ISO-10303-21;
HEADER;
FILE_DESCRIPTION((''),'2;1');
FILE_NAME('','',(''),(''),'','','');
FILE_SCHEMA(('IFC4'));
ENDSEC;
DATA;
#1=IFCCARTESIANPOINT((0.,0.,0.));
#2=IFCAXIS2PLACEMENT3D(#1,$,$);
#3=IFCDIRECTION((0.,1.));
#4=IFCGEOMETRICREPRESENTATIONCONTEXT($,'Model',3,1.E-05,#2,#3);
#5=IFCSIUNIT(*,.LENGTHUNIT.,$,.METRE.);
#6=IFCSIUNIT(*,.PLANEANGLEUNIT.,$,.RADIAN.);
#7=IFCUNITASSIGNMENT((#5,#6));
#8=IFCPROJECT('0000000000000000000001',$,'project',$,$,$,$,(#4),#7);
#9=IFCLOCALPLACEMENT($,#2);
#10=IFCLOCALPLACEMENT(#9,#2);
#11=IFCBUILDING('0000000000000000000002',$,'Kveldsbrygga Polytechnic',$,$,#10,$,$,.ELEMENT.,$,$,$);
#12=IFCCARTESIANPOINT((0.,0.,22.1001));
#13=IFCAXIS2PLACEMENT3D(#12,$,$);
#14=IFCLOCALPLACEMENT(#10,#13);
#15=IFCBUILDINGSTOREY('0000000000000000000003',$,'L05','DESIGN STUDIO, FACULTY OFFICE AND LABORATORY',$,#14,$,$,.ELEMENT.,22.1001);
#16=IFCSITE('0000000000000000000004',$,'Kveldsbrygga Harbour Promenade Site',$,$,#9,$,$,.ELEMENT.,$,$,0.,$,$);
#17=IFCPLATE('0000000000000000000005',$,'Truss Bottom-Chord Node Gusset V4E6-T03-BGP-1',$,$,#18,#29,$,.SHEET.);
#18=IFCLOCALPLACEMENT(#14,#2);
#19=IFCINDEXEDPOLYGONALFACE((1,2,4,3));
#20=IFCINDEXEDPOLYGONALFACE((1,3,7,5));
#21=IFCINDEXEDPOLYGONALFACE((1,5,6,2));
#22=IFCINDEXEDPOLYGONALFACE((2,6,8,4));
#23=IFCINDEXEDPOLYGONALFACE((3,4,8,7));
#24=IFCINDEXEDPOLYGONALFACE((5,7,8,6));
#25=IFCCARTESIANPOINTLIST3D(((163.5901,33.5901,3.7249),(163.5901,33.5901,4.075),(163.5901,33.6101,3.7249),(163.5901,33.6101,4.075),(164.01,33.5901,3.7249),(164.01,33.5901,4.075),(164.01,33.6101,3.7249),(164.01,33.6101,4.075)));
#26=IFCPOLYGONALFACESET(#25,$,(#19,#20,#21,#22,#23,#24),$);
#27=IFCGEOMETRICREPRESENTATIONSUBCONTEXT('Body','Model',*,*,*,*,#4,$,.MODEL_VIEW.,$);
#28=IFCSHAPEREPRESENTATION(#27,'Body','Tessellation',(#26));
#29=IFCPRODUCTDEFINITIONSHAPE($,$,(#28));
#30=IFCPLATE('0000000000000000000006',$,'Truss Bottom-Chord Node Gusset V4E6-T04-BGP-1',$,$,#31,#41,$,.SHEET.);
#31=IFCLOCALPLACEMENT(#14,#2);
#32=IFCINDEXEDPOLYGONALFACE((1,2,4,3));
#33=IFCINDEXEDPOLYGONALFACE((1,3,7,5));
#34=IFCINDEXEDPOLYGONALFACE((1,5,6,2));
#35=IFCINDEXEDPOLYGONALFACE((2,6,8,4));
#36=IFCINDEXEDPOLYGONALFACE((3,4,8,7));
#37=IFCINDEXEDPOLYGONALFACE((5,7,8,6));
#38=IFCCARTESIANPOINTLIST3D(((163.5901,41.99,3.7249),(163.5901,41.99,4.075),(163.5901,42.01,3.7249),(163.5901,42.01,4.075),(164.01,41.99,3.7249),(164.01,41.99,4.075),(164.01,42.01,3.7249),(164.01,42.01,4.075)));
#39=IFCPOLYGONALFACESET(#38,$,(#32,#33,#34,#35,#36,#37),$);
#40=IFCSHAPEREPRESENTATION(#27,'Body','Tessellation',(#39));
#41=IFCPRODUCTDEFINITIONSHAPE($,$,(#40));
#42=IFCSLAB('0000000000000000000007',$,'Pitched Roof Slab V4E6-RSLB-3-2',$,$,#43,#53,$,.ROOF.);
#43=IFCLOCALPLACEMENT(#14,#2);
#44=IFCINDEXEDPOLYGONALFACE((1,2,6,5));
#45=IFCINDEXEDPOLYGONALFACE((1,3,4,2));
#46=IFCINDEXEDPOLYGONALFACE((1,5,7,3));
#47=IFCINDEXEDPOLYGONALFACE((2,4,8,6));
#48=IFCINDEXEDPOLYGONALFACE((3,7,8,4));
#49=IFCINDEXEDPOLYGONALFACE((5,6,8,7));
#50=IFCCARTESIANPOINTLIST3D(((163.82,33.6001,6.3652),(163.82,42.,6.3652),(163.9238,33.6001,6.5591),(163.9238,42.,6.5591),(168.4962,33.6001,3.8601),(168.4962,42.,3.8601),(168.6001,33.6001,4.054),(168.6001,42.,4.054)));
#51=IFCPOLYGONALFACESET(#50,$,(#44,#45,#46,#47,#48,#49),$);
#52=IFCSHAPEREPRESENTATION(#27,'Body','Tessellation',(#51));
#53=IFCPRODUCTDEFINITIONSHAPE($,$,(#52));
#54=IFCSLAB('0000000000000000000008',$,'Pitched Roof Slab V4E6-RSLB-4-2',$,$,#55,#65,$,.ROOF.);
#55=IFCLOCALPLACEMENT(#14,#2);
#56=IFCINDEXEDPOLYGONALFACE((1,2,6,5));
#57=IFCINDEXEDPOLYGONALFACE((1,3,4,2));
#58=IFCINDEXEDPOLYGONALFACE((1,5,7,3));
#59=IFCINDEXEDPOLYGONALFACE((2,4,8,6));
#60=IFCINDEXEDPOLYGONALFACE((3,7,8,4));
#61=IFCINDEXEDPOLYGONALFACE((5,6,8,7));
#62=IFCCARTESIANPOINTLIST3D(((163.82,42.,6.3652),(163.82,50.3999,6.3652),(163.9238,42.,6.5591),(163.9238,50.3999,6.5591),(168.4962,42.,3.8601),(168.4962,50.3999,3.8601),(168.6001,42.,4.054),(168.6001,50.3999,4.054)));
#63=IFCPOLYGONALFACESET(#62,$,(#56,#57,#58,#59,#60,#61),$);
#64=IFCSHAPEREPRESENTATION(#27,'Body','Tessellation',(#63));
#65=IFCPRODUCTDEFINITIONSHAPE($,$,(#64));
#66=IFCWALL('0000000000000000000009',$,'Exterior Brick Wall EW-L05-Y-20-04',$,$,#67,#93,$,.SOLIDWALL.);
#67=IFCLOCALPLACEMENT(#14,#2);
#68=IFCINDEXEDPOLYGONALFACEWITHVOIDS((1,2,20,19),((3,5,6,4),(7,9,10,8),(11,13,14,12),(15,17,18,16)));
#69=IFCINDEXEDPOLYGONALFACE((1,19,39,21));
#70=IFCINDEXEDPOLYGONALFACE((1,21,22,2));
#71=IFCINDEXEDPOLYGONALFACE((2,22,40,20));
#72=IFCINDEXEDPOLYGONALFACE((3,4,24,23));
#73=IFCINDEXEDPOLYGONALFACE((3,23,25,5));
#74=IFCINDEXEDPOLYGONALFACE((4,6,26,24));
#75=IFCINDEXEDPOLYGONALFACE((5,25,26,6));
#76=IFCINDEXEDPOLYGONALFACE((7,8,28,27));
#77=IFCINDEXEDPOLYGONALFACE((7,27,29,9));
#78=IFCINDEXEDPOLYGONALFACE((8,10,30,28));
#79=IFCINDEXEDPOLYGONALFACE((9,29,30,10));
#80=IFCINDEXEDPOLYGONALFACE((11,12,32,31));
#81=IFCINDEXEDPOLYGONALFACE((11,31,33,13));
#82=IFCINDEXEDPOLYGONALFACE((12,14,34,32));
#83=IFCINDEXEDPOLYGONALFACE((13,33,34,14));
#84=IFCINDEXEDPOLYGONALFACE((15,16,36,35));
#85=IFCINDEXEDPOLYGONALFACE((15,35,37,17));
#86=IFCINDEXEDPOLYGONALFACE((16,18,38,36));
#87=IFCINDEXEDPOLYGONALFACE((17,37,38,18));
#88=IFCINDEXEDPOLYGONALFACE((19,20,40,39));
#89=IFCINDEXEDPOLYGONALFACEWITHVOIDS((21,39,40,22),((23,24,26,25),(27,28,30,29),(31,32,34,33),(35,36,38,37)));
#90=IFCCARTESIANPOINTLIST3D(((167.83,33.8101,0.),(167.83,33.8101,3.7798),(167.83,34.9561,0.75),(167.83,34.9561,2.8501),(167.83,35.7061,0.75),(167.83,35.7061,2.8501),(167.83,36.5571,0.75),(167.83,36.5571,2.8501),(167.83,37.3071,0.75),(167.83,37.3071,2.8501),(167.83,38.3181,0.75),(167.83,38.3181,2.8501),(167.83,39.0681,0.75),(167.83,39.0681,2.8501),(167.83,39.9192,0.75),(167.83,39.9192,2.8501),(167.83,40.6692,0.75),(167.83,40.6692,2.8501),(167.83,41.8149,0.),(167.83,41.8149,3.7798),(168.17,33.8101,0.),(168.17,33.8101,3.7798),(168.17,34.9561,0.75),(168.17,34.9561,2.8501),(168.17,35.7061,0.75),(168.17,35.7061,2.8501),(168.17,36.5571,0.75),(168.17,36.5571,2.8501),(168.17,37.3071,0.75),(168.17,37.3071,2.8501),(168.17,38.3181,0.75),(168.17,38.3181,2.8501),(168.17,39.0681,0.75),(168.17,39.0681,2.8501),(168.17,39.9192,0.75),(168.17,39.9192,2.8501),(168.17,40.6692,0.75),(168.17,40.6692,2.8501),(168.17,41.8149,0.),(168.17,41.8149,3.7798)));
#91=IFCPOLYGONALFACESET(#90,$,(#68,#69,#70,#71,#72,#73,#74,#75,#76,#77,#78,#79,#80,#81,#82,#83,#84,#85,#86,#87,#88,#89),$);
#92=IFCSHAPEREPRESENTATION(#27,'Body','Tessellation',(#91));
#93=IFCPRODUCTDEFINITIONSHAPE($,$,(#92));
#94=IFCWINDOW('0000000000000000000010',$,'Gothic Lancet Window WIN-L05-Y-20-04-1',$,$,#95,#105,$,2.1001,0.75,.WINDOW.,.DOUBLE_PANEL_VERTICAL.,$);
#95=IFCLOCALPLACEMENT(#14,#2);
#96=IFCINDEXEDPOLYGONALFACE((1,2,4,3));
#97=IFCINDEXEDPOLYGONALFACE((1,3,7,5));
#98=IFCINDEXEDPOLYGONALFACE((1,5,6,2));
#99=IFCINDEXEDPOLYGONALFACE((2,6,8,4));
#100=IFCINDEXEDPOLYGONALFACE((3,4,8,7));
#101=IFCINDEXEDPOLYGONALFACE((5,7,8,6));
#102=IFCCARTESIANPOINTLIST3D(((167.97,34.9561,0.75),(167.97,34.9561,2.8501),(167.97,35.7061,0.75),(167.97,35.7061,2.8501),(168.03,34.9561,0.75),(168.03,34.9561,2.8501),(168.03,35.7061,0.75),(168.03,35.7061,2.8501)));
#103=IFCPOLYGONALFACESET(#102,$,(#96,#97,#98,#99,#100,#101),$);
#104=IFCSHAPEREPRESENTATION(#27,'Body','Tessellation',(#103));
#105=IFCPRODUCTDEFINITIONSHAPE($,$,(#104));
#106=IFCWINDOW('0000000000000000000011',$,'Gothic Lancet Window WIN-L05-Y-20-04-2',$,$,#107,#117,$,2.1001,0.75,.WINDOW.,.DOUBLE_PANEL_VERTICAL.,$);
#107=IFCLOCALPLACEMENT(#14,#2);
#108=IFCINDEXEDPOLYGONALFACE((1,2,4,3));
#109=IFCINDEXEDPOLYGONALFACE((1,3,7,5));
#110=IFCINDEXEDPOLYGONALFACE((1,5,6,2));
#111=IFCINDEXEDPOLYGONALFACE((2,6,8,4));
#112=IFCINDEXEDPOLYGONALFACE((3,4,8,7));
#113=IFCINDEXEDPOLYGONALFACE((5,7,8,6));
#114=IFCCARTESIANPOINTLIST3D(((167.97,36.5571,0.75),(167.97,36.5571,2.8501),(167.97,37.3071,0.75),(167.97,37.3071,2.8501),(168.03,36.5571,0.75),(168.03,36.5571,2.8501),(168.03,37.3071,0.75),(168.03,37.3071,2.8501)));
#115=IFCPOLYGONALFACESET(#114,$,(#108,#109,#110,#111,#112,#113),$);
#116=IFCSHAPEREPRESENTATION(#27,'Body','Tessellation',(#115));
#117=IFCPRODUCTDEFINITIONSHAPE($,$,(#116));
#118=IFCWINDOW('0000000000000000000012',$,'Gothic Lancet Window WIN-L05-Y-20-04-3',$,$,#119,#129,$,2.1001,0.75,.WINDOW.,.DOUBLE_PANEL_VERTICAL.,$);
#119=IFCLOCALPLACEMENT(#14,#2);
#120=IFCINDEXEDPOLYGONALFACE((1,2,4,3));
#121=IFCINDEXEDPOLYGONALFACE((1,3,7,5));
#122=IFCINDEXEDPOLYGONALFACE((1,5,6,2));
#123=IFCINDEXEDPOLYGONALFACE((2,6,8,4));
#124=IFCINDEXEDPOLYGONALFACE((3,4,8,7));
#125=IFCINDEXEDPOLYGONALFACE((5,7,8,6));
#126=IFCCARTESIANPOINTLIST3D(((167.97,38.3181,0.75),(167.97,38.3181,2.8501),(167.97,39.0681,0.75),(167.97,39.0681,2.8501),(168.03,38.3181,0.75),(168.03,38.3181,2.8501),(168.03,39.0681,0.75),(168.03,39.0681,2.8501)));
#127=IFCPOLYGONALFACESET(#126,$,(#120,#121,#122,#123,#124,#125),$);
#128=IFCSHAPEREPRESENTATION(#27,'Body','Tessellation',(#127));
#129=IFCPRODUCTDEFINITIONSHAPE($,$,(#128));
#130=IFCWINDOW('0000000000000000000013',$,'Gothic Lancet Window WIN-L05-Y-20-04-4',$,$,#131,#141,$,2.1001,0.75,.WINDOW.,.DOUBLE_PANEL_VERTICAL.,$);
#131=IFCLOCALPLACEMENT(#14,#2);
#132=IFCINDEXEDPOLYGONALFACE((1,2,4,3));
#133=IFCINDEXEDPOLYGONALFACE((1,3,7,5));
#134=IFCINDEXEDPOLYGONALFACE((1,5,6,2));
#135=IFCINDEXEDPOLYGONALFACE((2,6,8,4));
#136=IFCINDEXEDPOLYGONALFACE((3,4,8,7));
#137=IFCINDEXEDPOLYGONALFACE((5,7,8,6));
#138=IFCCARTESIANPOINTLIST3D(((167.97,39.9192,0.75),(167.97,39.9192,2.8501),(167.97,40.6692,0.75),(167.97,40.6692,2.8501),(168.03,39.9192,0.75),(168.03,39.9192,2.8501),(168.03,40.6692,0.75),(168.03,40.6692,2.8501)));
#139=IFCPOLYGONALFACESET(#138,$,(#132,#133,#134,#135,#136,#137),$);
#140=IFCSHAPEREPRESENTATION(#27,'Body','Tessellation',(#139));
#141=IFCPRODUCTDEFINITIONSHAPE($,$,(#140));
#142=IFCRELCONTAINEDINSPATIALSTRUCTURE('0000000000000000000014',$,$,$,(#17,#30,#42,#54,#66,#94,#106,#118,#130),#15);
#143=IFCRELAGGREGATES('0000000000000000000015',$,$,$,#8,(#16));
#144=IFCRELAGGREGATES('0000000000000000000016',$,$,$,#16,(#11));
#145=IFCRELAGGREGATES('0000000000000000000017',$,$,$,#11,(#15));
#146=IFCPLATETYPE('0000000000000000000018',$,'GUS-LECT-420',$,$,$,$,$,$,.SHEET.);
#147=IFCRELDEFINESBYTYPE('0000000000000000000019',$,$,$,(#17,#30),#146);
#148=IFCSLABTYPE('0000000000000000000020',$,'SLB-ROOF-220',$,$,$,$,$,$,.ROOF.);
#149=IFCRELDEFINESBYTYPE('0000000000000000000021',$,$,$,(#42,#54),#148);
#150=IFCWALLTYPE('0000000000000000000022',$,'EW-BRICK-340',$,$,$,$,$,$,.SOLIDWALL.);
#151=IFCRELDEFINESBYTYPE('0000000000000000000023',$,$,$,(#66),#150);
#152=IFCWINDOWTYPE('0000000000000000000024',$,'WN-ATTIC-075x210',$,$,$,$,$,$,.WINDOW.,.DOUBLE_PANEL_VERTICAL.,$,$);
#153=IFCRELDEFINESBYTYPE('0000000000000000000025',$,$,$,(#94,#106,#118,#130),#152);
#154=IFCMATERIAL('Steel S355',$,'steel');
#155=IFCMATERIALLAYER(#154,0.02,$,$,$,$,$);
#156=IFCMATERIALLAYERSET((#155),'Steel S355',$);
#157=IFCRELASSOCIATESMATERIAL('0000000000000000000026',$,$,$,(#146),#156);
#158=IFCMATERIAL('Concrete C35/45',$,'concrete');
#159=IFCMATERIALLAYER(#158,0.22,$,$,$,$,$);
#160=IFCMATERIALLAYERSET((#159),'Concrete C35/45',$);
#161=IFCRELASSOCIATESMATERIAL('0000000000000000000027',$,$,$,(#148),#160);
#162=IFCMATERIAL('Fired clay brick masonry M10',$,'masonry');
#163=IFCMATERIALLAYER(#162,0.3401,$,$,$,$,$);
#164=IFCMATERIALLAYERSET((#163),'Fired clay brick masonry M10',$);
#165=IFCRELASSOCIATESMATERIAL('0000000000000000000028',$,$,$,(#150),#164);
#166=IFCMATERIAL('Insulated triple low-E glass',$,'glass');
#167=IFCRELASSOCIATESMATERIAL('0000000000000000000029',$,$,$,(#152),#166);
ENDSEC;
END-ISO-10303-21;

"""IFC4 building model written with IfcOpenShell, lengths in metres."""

from ifc_helpers import new_model, si_unit, direction, frame, frame_2d, origin, origin_2d, place, context, subcontext, project, spatial, polyline, rectangle, outline, extrude, material, layer, layer_set, type_object, element, fill, save


model = new_model("IFC4")

# Units and contexts
model_context = context("Model", 3, precision=1e-05, world=origin(), true_north=direction((0.0, 1.0)))
body_context = subcontext(model_context, "Body", "Model", "MODEL_VIEW")
ifc_project = project(units=[si_unit("LENGTHUNIT", "METRE"), si_unit("PLANEANGLEUNIT", "RADIAN")], contexts=[model_context])

# Site, building, storey
site_placement = place(None, origin())
site = spatial("IfcSite", under=ifc_project, at=site_placement, Name="Kveldsbrygga Harbour Promenade Site", CompositionType="ELEMENT", RefElevation=0.0)
building_placement = place(site_placement, origin())
building = spatial("IfcBuilding", under=site, at=building_placement, Name="Kveldsbrygga Polytechnic", CompositionType="ELEMENT")
storey_placement = place(building_placement, frame((0.0, 0.0, 22.1001)))
storey = spatial("IfcBuildingStorey", under=building, at=storey_placement, Name="L05", Description="DESIGN STUDIO, FACULTY OFFICE AND LABORATORY", CompositionType="ELEMENT", Elevation=22.1001)

# Shared definitions
ifc_material_1 = material(Name="Steel S355", Category="steel")

# Plates
ifc_layer_1 = layer(ifc_material_1, 0.02)
ifc_layer_set_1 = layer_set([ifc_layer_1], Name="Steel S355")
plate_type_1 = type_object("IfcPlateType", Name="GUS-LECT-420", PredefinedType="SHEET", material=ifc_layer_set_1)
for number, where, z_axis, x_axis, name in (
    (1, (163.8, 33.6001, 3.7249), (0.0, 0.0, 1.0), (1.0, 0.0, 0.0), "Truss Bottom-Chord Node Gusset V4E6-T03-BGP-1"),
    (2, (163.8, 42.0, 3.7249), (0.0, 0.0, 1.0), (1.0, 0.0, 0.0), "Truss Bottom-Chord Node Gusset V4E6-T04-BGP-1"),
):
    element("IfcPlate", number, at=place(storey_placement, frame(where, z_axis=z_axis, x_axis=x_axis)), inside=storey, type_object=plate_type_1, Name=name, PredefinedType="SHEET", context=body_context, shape_type="SweptSolid", body=[
        extrude(rectangle(XDim=0.4199, YDim=0.02, at=origin_2d()), origin(), (0.0, 0.0, 1.0), 0.3501),
    ])

# Slabs
ifc_material_2 = material(Name="Concrete C35/45", Category="concrete")
ifc_layer_2 = layer(ifc_material_2, 0.22)
ifc_layer_set_2 = layer_set([ifc_layer_2], Name="Concrete C35/45")
slab_type = type_object("IfcSlabType", Name="SLB-ROOF-220", PredefinedType="ROOF", material=ifc_layer_set_2)
for number, where, z_axis, x_axis, name in (
    (3, (163.9238, 33.6001, 6.5591), (0.472219, 0.0, 0.881481), (0.881481, 0.0, -0.472219), "Pitched Roof Slab V4E6-RSLB-3-2"),
    (4, (163.9238, 42.0, 6.5591), (0.472219, 0.0, 0.881481), (0.881481, 0.0, -0.472219), "Pitched Roof Slab V4E6-RSLB-4-2"),
):
    element("IfcSlab", number, at=place(storey_placement, frame(where, z_axis=z_axis, x_axis=x_axis)), inside=storey, type_object=slab_type, Name=name, PredefinedType="ROOF", context=body_context, shape_type="SweptSolid", body=[
        extrude(outline(polyline([(0.0, 0.0), (5.305, 0.0), (5.305, 8.3999), (0.0, 8.3999), (0.0, 0.0)])), origin(), (0.0, 0.0, -1.0), 0.22),
    ])

# Wall, openings, windows
ifc_material_3 = material(Name="Fired clay brick masonry M10", Category="masonry")
ifc_layer_3 = layer(ifc_material_3, 0.3401)
ifc_layer_set_3 = layer_set([ifc_layer_3], Name="Fired clay brick masonry M10")
wall_type = type_object("IfcWallType", Name="EW-BRICK-340", PredefinedType="SOLIDWALL", material=ifc_layer_set_3)
wall_placement = place(storey_placement, frame((168.0, 33.8101, 0.0), z_axis=(0.0, 0.0, 1.0), x_axis=(0.0, 1.0, 0.0)))
wall = element("IfcWall", 5, at=wall_placement, inside=storey, type_object=wall_type, Name="Exterior Brick Wall EW-L05-Y-20-04", PredefinedType="SOLIDWALL", context=body_context, shape_type="SweptSolid", body=[
    extrude(rectangle(XDim=8.0049, YDim=0.3401, at=frame_2d((4.0024, 0.0))), origin(), (0.0, 0.0, 1.0), 3.7798),
])
opening_1_placement = place(wall_placement, frame((1.146, 0.0, 0.75)))
opening_1 = element("IfcOpeningElement", 6, at=opening_1_placement, cuts=wall, PredefinedType="OPENING", context=body_context, shape_type="SweptSolid", body=[
    extrude(rectangle(XDim=0.75, YDim=2.1001, at=frame_2d((0.375, 1.05))), frame((0.0, 0.1802, 0.0), z_axis=(0.0, -1.0, 0.0), x_axis=(1.0, 0.0, 0.0)), (0.0, 0.0, 1.0), 0.3601),
])
opening_2_placement = place(wall_placement, frame((2.7471, 0.0, 0.75)))
opening_2 = element("IfcOpeningElement", 7, at=opening_2_placement, cuts=wall, PredefinedType="OPENING", context=body_context, shape_type="SweptSolid", body=[
    extrude(rectangle(XDim=0.75, YDim=2.1001, at=frame_2d((0.375, 1.05))), frame((0.0, 0.1802, 0.0), z_axis=(0.0, -1.0, 0.0), x_axis=(1.0, 0.0, 0.0)), (0.0, 0.0, 1.0), 0.3601),
])
opening_3_placement = place(wall_placement, frame((4.5081, 0.0, 0.75)))
opening_3 = element("IfcOpeningElement", 8, at=opening_3_placement, cuts=wall, PredefinedType="OPENING", context=body_context, shape_type="SweptSolid", body=[
    extrude(rectangle(XDim=0.75, YDim=2.1001, at=frame_2d((0.375, 1.05))), frame((0.0, 0.1802, 0.0), z_axis=(0.0, -1.0, 0.0), x_axis=(1.0, 0.0, 0.0)), (0.0, 0.0, 1.0), 0.3601),
])
opening_4_placement = place(wall_placement, frame((6.1091, 0.0, 0.75)))
opening_4 = element("IfcOpeningElement", 9, at=opening_4_placement, cuts=wall, PredefinedType="OPENING", context=body_context, shape_type="SweptSolid", body=[
    extrude(rectangle(XDim=0.75, YDim=2.1001, at=frame_2d((0.375, 1.05))), frame((0.0, 0.1802, 0.0), z_axis=(0.0, -1.0, 0.0), x_axis=(1.0, 0.0, 0.0)), (0.0, 0.0, 1.0), 0.3601),
])
ifc_material_4 = material(Name="Insulated triple low-E glass", Category="glass")
window_type = type_object("IfcWindowType", Name="WN-ATTIC-075x210", PartitioningType="DOUBLE_PANEL_VERTICAL", PredefinedType="WINDOW", material=ifc_material_4)
window_1_placement = place(opening_1_placement, origin())
window_1 = element("IfcWindow", 10, at=window_1_placement, inside=storey, type_object=window_type, Name="Gothic Lancet Window WIN-L05-Y-20-04-1", OverallHeight=2.1001, OverallWidth=0.75, PartitioningType="DOUBLE_PANEL_VERTICAL", PredefinedType="WINDOW", context=body_context, shape_type="SweptSolid", body=[
    extrude(rectangle(XDim=0.75, YDim=2.1001, at=frame_2d((0.375, 1.05))), frame((0.0, 0.03, 0.0), z_axis=(0.0, -1.0, 0.0), x_axis=(1.0, 0.0, 0.0)), (0.0, 0.0, 1.0), 0.0601),
])
fill(opening_1, window_1)
window_2_placement = place(opening_2_placement, origin())
window_2 = element("IfcWindow", 11, at=window_2_placement, inside=storey, type_object=window_type, Name="Gothic Lancet Window WIN-L05-Y-20-04-2", OverallHeight=2.1001, OverallWidth=0.75, PartitioningType="DOUBLE_PANEL_VERTICAL", PredefinedType="WINDOW", context=body_context, shape_type="SweptSolid", body=[
    extrude(rectangle(XDim=0.75, YDim=2.1001, at=frame_2d((0.375, 1.05))), frame((0.0, 0.03, 0.0), z_axis=(0.0, -1.0, 0.0), x_axis=(1.0, 0.0, 0.0)), (0.0, 0.0, 1.0), 0.0601),
])
fill(opening_2, window_2)
window_3_placement = place(opening_3_placement, origin())
window_3 = element("IfcWindow", 12, at=window_3_placement, inside=storey, type_object=window_type, Name="Gothic Lancet Window WIN-L05-Y-20-04-3", OverallHeight=2.1001, OverallWidth=0.75, PartitioningType="DOUBLE_PANEL_VERTICAL", PredefinedType="WINDOW", context=body_context, shape_type="SweptSolid", body=[
    extrude(rectangle(XDim=0.75, YDim=2.1001, at=frame_2d((0.375, 1.05))), frame((0.0, 0.03, 0.0), z_axis=(0.0, -1.0, 0.0), x_axis=(1.0, 0.0, 0.0)), (0.0, 0.0, 1.0), 0.0601),
])
fill(opening_3, window_3)
window_4_placement = place(opening_4_placement, origin())
window_4 = element("IfcWindow", 13, at=window_4_placement, inside=storey, type_object=window_type, Name="Gothic Lancet Window WIN-L05-Y-20-04-4", OverallHeight=2.1001, OverallWidth=0.75, PartitioningType="DOUBLE_PANEL_VERTICAL", PredefinedType="WINDOW", context=body_context, shape_type="SweptSolid", body=[
    extrude(rectangle(XDim=0.75, YDim=2.1001, at=frame_2d((0.375, 1.05))), frame((0.0, 0.03, 0.0), z_axis=(0.0, -1.0, 0.0), x_axis=(1.0, 0.0, 0.0)), (0.0, 0.0, 1.0), 0.0601),
])
fill(opening_4, window_4)

save(model, "model.ifc")
